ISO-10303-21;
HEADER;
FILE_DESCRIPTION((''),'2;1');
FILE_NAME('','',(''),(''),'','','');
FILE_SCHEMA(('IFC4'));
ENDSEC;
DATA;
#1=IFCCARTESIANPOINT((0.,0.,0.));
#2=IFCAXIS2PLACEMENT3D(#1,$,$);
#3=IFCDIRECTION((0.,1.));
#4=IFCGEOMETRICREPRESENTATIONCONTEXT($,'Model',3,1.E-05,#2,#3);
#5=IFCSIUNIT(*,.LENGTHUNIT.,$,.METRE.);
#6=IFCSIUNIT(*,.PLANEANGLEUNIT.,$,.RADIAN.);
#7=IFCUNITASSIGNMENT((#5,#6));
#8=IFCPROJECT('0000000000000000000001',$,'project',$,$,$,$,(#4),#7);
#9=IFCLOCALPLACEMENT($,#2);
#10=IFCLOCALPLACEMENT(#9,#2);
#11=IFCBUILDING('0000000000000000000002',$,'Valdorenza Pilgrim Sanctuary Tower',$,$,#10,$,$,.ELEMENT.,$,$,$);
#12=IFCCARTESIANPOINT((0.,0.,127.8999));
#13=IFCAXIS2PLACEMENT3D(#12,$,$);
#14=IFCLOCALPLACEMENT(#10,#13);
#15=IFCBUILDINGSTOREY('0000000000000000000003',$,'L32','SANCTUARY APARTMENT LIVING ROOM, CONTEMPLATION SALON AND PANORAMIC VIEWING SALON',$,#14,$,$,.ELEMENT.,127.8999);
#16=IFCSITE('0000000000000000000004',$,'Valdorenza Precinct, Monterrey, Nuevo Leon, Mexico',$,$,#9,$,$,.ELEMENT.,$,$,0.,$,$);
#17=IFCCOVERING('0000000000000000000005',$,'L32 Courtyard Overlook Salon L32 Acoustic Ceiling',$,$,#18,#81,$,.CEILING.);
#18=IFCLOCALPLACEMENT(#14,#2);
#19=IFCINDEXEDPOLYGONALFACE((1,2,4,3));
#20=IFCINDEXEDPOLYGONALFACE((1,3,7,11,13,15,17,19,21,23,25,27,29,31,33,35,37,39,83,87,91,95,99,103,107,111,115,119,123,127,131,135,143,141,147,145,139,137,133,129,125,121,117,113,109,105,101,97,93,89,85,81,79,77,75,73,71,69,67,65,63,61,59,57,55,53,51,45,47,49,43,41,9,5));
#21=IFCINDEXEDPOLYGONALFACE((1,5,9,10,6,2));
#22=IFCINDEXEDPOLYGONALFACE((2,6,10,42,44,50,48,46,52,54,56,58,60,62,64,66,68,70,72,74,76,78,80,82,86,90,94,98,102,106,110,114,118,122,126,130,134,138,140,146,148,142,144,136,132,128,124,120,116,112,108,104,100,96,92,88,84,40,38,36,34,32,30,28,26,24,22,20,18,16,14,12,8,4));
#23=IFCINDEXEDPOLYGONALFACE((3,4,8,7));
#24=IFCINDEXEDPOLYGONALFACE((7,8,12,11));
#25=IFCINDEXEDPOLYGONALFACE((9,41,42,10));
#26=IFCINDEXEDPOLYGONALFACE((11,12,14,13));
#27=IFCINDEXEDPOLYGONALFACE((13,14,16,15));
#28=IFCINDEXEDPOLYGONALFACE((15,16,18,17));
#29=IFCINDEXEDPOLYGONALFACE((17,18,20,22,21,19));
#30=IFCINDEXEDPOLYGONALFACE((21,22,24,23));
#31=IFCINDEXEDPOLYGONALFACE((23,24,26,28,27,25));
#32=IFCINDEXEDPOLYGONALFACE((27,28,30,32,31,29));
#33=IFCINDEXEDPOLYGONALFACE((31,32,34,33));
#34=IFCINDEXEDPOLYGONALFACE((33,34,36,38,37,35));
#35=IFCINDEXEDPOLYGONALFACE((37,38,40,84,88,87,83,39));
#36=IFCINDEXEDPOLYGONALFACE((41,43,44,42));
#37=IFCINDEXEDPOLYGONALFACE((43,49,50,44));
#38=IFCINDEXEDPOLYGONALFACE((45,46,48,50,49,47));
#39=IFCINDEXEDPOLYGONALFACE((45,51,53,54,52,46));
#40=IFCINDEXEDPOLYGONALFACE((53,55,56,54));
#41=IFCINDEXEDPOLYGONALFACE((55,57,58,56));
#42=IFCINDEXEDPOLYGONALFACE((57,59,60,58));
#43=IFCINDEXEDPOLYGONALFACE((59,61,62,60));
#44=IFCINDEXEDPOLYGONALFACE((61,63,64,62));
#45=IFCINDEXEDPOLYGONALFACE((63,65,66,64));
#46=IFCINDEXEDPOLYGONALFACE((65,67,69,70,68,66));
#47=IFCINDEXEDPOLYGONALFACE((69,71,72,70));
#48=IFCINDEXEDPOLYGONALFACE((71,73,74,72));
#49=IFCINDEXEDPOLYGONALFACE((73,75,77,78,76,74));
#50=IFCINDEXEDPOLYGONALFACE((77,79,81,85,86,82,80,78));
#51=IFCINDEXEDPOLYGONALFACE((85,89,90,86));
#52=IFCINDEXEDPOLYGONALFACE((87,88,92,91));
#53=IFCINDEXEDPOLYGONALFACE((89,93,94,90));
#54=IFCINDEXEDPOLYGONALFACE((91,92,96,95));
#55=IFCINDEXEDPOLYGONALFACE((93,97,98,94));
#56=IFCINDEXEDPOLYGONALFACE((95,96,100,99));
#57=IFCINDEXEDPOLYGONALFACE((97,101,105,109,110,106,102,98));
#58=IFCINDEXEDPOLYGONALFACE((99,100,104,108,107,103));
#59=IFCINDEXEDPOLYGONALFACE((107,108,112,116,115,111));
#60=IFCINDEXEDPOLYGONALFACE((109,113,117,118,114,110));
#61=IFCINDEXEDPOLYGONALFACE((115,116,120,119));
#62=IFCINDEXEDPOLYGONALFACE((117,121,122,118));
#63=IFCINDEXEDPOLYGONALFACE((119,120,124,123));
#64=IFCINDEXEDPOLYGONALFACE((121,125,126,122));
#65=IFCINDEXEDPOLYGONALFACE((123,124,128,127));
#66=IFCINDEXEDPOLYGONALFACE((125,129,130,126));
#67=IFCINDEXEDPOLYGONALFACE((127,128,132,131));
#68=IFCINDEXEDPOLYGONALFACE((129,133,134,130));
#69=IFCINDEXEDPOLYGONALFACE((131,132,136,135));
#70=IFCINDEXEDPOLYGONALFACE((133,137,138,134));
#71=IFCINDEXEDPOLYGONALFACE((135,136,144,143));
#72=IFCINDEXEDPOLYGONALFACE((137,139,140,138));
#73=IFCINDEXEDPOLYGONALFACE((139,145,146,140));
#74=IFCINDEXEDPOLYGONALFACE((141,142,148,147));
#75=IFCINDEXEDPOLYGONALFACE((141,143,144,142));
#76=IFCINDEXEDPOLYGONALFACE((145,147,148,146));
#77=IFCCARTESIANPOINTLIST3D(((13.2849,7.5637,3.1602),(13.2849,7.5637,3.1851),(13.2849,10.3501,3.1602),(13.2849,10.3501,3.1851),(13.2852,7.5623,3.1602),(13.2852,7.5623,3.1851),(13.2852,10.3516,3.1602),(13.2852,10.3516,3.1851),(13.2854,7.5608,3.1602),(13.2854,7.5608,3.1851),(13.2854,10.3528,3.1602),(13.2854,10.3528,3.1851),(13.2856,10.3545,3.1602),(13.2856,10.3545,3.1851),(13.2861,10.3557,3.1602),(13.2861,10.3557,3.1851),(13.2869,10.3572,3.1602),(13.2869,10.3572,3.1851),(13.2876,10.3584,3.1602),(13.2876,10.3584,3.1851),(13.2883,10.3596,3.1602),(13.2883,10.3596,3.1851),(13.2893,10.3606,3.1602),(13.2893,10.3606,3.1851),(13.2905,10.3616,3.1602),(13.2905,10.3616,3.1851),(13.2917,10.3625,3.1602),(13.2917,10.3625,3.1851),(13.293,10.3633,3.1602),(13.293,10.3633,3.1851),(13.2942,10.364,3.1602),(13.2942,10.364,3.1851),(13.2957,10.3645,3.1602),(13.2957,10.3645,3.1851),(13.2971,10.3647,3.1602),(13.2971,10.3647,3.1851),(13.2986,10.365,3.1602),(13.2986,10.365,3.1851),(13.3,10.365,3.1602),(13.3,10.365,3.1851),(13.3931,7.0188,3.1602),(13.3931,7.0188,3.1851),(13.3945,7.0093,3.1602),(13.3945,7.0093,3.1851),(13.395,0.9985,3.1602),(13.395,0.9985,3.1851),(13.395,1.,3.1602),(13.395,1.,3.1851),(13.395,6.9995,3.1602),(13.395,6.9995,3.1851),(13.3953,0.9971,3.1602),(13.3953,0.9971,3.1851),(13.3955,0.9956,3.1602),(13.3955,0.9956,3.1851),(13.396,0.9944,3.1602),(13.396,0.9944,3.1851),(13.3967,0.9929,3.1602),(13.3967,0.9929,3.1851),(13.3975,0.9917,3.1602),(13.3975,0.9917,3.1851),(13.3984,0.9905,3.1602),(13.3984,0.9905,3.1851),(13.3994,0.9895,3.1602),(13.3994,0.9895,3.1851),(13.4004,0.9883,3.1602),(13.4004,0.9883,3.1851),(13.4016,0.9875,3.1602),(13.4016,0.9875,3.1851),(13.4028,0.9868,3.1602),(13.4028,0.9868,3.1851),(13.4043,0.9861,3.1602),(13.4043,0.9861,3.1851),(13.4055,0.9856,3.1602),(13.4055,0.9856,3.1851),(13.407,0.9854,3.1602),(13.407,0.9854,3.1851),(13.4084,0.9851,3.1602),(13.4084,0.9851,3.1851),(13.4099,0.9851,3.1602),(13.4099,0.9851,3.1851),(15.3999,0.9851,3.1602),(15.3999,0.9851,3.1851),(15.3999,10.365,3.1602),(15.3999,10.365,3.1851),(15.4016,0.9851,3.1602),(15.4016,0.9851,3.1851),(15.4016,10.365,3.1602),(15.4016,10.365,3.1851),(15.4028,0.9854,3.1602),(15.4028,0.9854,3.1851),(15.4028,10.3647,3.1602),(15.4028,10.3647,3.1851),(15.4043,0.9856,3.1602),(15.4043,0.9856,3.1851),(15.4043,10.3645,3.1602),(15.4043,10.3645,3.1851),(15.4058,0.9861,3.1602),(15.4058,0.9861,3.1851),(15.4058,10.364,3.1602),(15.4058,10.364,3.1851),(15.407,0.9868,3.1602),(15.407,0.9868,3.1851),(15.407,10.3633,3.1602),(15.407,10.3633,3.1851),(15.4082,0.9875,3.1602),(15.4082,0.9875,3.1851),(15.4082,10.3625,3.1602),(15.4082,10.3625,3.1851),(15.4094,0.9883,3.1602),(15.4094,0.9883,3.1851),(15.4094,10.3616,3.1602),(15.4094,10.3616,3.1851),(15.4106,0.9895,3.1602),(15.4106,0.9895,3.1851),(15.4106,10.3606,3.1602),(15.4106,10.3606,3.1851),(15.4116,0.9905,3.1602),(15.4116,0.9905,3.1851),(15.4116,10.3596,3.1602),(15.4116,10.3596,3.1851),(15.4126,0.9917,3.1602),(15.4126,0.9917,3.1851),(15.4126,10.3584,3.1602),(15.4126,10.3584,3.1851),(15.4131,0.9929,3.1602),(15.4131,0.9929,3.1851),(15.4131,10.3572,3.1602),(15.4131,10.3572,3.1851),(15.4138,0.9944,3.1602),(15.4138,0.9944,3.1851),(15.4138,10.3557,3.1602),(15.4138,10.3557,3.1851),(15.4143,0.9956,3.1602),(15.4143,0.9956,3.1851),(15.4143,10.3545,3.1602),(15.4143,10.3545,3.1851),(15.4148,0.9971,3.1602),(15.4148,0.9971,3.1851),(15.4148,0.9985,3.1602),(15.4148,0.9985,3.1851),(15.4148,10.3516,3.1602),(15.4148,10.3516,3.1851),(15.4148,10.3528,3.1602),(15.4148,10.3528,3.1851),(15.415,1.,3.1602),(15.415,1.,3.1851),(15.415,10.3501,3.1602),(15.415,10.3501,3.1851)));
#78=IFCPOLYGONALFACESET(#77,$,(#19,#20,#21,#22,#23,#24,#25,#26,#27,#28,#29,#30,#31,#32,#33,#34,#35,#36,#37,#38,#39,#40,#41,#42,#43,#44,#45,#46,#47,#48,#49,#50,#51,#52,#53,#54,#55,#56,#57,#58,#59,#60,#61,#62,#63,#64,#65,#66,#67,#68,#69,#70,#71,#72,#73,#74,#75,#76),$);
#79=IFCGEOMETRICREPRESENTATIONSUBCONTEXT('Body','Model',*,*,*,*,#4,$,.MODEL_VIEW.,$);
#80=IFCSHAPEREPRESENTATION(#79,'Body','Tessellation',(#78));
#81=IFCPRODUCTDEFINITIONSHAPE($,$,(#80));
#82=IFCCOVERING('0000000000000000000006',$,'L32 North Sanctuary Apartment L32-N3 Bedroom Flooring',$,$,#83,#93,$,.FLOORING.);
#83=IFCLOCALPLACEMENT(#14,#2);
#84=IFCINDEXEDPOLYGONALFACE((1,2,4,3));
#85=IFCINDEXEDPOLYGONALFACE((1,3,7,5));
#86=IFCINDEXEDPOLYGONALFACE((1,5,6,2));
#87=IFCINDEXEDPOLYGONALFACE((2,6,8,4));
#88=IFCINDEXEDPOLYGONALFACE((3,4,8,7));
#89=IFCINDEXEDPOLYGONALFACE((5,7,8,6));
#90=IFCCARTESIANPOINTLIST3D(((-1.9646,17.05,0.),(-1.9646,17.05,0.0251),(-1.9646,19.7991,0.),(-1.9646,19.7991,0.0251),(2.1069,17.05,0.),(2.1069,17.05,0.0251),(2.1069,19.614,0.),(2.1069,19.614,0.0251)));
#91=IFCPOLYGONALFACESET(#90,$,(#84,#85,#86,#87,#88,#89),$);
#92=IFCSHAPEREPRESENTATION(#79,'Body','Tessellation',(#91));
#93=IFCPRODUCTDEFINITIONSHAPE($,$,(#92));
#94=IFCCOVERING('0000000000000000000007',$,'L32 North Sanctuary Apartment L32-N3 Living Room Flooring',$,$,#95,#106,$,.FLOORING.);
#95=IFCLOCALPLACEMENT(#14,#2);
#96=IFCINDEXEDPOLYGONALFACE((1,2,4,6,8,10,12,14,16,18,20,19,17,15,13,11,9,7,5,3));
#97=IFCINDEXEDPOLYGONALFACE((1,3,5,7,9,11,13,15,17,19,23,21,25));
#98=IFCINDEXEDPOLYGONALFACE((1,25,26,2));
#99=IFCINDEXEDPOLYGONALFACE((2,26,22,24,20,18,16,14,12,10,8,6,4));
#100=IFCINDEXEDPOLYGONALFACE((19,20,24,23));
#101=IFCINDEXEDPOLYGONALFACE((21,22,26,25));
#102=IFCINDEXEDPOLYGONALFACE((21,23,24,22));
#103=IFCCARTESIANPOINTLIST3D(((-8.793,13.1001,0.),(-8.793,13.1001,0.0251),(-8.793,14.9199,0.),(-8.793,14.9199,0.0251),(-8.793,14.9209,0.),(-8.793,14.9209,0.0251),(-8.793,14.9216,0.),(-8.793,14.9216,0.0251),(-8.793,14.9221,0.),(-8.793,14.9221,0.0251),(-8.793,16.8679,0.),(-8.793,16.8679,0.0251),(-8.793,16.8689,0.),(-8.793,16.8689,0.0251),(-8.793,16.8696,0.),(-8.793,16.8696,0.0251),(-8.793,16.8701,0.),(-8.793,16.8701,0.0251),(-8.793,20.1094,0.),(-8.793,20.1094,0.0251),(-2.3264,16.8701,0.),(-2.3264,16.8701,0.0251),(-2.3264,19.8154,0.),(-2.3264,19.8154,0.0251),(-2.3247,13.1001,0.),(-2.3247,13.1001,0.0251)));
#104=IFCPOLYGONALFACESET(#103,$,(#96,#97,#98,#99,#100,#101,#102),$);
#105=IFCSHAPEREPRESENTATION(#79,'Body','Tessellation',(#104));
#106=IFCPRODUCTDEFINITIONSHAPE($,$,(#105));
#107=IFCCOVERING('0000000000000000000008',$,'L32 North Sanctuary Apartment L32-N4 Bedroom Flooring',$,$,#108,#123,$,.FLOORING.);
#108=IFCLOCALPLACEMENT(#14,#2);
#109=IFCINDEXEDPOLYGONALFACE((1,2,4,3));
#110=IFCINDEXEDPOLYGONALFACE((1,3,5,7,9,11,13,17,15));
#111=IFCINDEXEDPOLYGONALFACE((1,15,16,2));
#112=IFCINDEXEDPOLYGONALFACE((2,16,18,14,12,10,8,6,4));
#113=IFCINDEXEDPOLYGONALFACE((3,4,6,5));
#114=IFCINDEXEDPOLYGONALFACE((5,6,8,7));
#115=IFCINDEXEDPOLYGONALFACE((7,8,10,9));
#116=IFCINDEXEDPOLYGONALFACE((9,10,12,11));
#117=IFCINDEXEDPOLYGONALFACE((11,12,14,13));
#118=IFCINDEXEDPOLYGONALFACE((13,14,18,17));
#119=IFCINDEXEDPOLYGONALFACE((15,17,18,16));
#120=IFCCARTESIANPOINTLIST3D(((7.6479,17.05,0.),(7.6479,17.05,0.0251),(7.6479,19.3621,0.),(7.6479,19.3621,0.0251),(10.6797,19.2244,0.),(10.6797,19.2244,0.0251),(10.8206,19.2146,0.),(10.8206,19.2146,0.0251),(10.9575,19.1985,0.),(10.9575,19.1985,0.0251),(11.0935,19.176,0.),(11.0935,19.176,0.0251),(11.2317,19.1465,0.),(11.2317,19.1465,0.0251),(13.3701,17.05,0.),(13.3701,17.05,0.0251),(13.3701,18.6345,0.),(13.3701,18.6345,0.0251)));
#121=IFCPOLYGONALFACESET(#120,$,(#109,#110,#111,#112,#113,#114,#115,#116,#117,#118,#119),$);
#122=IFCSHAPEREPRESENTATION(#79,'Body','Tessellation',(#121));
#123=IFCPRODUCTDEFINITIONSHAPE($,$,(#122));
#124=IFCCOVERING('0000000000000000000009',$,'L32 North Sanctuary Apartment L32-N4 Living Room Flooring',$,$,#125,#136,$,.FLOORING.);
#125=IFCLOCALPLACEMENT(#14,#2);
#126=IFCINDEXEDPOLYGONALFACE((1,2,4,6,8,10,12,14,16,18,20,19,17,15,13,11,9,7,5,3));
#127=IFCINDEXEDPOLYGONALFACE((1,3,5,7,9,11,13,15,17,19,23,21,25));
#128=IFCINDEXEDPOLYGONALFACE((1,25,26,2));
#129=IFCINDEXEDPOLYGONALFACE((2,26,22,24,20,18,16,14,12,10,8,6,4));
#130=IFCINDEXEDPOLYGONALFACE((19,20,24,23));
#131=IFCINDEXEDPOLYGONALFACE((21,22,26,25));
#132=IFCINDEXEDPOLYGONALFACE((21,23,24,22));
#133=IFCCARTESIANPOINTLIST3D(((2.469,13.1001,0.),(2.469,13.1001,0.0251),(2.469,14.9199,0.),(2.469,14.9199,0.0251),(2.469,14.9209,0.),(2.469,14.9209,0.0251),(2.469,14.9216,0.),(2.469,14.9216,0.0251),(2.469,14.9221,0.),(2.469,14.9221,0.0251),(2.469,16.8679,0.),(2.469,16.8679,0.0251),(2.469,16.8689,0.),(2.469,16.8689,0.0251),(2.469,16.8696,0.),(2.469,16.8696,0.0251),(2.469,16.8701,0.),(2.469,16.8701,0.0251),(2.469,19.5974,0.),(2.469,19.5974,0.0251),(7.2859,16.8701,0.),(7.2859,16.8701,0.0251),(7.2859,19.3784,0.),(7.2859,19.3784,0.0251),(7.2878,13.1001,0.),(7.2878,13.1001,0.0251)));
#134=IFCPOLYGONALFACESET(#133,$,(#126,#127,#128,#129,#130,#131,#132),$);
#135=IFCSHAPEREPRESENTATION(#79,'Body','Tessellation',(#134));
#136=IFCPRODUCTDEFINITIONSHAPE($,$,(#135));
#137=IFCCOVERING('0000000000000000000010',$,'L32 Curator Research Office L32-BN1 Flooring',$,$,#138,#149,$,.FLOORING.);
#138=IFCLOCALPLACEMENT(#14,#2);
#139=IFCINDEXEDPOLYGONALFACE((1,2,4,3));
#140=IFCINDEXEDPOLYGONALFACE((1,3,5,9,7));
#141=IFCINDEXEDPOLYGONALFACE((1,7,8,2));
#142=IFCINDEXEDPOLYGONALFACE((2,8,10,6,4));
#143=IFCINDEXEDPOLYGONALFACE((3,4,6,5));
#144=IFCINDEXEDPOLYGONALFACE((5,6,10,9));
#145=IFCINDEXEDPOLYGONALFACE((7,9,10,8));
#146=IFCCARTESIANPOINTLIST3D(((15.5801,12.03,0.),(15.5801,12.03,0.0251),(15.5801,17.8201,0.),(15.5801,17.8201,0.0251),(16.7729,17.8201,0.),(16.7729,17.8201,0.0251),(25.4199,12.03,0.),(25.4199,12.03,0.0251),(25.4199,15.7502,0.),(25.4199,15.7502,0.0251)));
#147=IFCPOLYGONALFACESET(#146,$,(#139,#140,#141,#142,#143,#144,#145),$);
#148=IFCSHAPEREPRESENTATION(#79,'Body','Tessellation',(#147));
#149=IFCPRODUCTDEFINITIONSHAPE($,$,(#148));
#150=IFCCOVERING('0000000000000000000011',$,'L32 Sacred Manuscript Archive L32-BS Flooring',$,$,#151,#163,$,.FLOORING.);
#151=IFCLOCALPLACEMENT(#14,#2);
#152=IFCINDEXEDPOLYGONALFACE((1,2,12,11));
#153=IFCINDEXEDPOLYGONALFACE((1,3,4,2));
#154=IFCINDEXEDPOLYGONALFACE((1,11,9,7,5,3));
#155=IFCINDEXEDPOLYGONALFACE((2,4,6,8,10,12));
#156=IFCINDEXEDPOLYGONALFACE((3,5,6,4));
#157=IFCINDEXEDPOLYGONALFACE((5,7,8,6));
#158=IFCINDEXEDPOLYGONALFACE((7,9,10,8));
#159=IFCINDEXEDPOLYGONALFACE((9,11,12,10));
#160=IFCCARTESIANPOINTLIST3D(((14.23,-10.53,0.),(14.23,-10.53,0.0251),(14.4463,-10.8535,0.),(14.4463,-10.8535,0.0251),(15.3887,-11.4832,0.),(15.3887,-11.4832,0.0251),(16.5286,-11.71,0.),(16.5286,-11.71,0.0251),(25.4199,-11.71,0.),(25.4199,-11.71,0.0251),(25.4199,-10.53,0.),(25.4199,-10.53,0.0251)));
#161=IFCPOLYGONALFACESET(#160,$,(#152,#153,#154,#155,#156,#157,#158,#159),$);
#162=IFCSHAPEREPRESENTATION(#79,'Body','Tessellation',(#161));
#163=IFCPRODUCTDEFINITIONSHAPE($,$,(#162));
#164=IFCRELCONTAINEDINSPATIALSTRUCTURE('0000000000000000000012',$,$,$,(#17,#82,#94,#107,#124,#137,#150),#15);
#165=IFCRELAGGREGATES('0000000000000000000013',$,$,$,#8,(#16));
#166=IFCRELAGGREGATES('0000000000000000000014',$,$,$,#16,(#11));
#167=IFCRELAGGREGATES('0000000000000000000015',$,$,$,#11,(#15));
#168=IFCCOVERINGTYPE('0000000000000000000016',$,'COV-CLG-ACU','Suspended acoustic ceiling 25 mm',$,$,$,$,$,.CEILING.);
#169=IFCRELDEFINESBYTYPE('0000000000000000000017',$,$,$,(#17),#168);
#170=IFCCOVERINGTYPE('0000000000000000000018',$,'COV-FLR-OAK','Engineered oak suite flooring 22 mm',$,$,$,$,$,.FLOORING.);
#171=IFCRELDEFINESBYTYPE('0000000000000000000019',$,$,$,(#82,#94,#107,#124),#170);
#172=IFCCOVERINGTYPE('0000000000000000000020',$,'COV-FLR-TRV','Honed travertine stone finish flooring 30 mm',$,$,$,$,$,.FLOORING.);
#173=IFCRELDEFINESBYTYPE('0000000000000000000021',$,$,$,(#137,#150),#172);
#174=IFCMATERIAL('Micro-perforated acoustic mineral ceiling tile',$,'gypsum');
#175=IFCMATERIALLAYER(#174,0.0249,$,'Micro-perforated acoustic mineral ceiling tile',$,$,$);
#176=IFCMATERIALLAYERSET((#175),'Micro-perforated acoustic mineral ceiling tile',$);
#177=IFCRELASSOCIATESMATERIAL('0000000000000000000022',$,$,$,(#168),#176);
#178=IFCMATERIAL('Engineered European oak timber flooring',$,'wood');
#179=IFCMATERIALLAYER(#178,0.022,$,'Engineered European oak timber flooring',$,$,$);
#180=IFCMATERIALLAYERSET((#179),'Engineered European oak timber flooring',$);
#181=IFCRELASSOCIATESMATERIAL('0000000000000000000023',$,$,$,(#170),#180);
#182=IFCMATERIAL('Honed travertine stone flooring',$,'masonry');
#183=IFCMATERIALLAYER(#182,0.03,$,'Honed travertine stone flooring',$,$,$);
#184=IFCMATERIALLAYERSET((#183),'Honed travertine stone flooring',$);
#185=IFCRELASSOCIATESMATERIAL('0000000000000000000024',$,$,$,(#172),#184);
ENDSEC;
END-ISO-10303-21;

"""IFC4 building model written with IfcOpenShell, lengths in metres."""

from ifc_helpers import new_model, si_unit, direction, frame, origin, place, context, subcontext, project, spatial, polyline, outline, extrude, material, layer, layer_set, type_object, element, save


model = new_model("IFC4")

# Units and contexts
model_context = context("Model", 3, precision=1e-05, world=origin(), true_north=direction((0.0, 1.0)))
body_context = subcontext(model_context, "Body", "Model", "MODEL_VIEW")
ifc_project = project(units=[si_unit("LENGTHUNIT", "METRE"), si_unit("PLANEANGLEUNIT", "RADIAN")], contexts=[model_context])

# Site, building, storey
site_placement = place(None, origin())
site = spatial("IfcSite", under=ifc_project, at=site_placement, Name="Valdorenza Precinct, Monterrey, Nuevo Leon, Mexico", CompositionType="ELEMENT", RefElevation=0.0)
building_placement = place(site_placement, origin())
building = spatial("IfcBuilding", under=site, at=building_placement, Name="Valdorenza Pilgrim Sanctuary Tower", CompositionType="ELEMENT")
storey_placement = place(building_placement, frame((0.0, 0.0, 127.8999)))
storey = spatial("IfcBuildingStorey", under=building, at=storey_placement, Name="L32", Description="SANCTUARY APARTMENT LIVING ROOM, CONTEMPLATION SALON AND PANORAMIC VIEWING SALON", CompositionType="ELEMENT", Elevation=127.8999)

# Coverings
ifc_material_1 = material(Name="Micro-perforated acoustic mineral ceiling tile", Category="gypsum")
ifc_layer_1 = layer(ifc_material_1, 0.0249, Name="Micro-perforated acoustic mineral ceiling tile")
ifc_layer_set_1 = layer_set([ifc_layer_1], Name="Micro-perforated acoustic mineral ceiling tile")
covering_type_1 = type_object("IfcCoveringType", Name="COV-CLG-ACU", Description="Suspended acoustic ceiling 25 mm", PredefinedType="CEILING", material=ifc_layer_set_1)
covering_1_placement = place(storey_placement, frame((0.0, 0.0, 3.1602)))
element("IfcCovering", 1, at=covering_1_placement, inside=storey, type_object=covering_type_1, Name="L32 Courtyard Overlook Salon L32 Acoustic Ceiling", PredefinedType="CEILING", context=body_context, shape_type="SweptSolid", body=[
    extrude(outline(polyline([(15.3999, 10.365), (15.4016, 10.365), (15.4028, 10.3647), (15.4043, 10.3645), (15.4058, 10.364), (15.407, 10.3633), (15.4082, 10.3625), (15.4094, 10.3616), (15.4106, 10.3606), (15.4116, 10.3596), (15.4126, 10.3584), (15.4131, 10.3572), (15.4138, 10.3557), (15.4143, 10.3545), (15.4148, 10.3528), (15.4148, 10.3516), (15.415, 10.3501), (15.415, 1.0), (15.4148, 0.9985), (15.4148, 0.9971), (15.4143, 0.9956), (15.4138, 0.9944), (15.4131, 0.9929), (15.4126, 0.9917), (15.4116, 0.9905), (15.4106, 0.9895), (15.4094, 0.9883), (15.4082, 0.9875), (15.407, 0.9868), (15.4058, 0.9861), (15.4043, 0.9856), (15.4028, 0.9854), (15.4016, 0.9851), (15.3999, 0.9851), (13.4099, 0.9851), (13.4084, 0.9851), (13.407, 0.9854), (13.4055, 0.9856), (13.4043, 0.9861), (13.4028, 0.9868), (13.4016, 0.9875), (13.4004, 0.9883), (13.3994, 0.9895), (13.3984, 0.9905), (13.3975, 0.9917), (13.3967, 0.9929), (13.396, 0.9944), (13.3955, 0.9956), (13.3953, 0.9971), (13.395, 0.9985), (13.395, 1.0), (13.395, 6.9995), (13.3945, 7.0093), (13.3931, 7.0188), (13.2854, 7.5608), (13.2852, 7.5623), (13.2849, 7.5637), (13.2849, 10.3501), (13.2852, 10.3516), (13.2854, 10.3528), (13.2856, 10.3545), (13.2861, 10.3557), (13.2869, 10.3572), (13.2876, 10.3584), (13.2883, 10.3596), (13.2893, 10.3606), (13.2905, 10.3616), (13.2917, 10.3625), (13.293, 10.3633), (13.2942, 10.364), (13.2957, 10.3645), (13.2971, 10.3647), (13.2986, 10.365), (13.3, 10.365), (15.3999, 10.365)])), origin(), (0.0, 0.0, 1.0), 0.0249),
])
ifc_material_2 = material(Name="Engineered European oak timber flooring", Category="wood")
ifc_layer_2 = layer(ifc_material_2, 0.022, Name="Engineered European oak timber flooring")
ifc_layer_set_2 = layer_set([ifc_layer_2], Name="Engineered European oak timber flooring")
covering_type_2 = type_object("IfcCoveringType", Name="COV-FLR-OAK", Description="Engineered oak suite flooring 22 mm", PredefinedType="FLOORING", material=ifc_layer_set_2)
covering_2_placement = place(storey_placement, origin())
element("IfcCovering", 2, at=covering_2_placement, inside=storey, type_object=covering_type_2, Name="L32 North Sanctuary Apartment L32-N3 Bedroom Flooring", PredefinedType="FLOORING", context=body_context, shape_type="SweptSolid", body=[
    extrude(outline(polyline([(-1.9646, 17.05), (-1.9646, 19.7991), (2.1069, 19.614), (2.1069, 17.05), (-1.9646, 17.05)])), origin(), (0.0, 0.0, 1.0), 0.0251),
])
covering_3_placement = place(storey_placement, origin())
element("IfcCovering", 3, at=covering_3_placement, inside=storey, type_object=covering_type_2, Name="L32 North Sanctuary Apartment L32-N3 Living Room Flooring", PredefinedType="FLOORING", context=body_context, shape_type="SweptSolid", body=[
    extrude(outline(polyline([(-8.793, 14.9216), (-8.793, 14.9221), (-8.793, 16.8679), (-8.793, 16.8689), (-8.793, 16.8696), (-8.793, 16.8701), (-8.793, 20.1094), (-2.3264, 19.8154), (-2.3264, 16.8701), (-2.3247, 13.1001), (-8.793, 13.1001), (-8.793, 14.9199), (-8.793, 14.9209), (-8.793, 14.9216)])), origin(), (0.0, 0.0, 1.0), 0.0251),
])
covering_4_placement = place(storey_placement, origin())
element("IfcCovering", 4, at=covering_4_placement, inside=storey, type_object=covering_type_2, Name="L32 North Sanctuary Apartment L32-N4 Bedroom Flooring", PredefinedType="FLOORING", context=body_context, shape_type="SweptSolid", body=[
    extrude(outline(polyline([(7.6479, 17.05), (7.6479, 19.3621), (10.6797, 19.2244), (10.8206, 19.2146), (10.9575, 19.1985), (11.0935, 19.176), (11.2317, 19.1465), (13.3701, 18.6345), (13.3701, 17.05), (7.6479, 17.05)])), origin(), (0.0, 0.0, 1.0), 0.0251),
])
covering_5_placement = place(storey_placement, origin())
element("IfcCovering", 5, at=covering_5_placement, inside=storey, type_object=covering_type_2, Name="L32 North Sanctuary Apartment L32-N4 Living Room Flooring", PredefinedType="FLOORING", context=body_context, shape_type="SweptSolid", body=[
    extrude(outline(polyline([(2.469, 14.9216), (2.469, 14.9221), (2.469, 16.8679), (2.469, 16.8689), (2.469, 16.8696), (2.469, 16.8701), (2.469, 19.5974), (7.2859, 19.3784), (7.2859, 16.8701), (7.2878, 13.1001), (2.469, 13.1001), (2.469, 14.9199), (2.469, 14.9209), (2.469, 14.9216)])), origin(), (0.0, 0.0, 1.0), 0.0251),
])
ifc_material_3 = material(Name="Honed travertine stone flooring", Category="masonry")
ifc_layer_3 = layer(ifc_material_3, 0.03, Name="Honed travertine stone flooring")
ifc_layer_set_3 = layer_set([ifc_layer_3], Name="Honed travertine stone flooring")
covering_type_3 = type_object("IfcCoveringType", Name="COV-FLR-TRV", Description="Honed travertine stone finish flooring 30 mm", PredefinedType="FLOORING", material=ifc_layer_set_3)
covering_6_placement = place(storey_placement, origin())
element("IfcCovering", 6, at=covering_6_placement, inside=storey, type_object=covering_type_3, Name="L32 Curator Research Office L32-BN1 Flooring", PredefinedType="FLOORING", context=body_context, shape_type="SweptSolid", body=[
    extrude(outline(polyline([(15.5801, 12.03), (15.5801, 17.8201), (16.7729, 17.8201), (25.4199, 15.7502), (25.4199, 12.03), (15.5801, 12.03)])), origin(), (0.0, 0.0, 1.0), 0.0251),
])
covering_7_placement = place(storey_placement, origin())
element("IfcCovering", 7, at=covering_7_placement, inside=storey, type_object=covering_type_3, Name="L32 Sacred Manuscript Archive L32-BS Flooring", PredefinedType="FLOORING", context=body_context, shape_type="SweptSolid", body=[
    extrude(outline(polyline([(25.4199, -11.71), (16.5286, -11.71), (15.3887, -11.4832), (14.4463, -10.8535), (14.23, -10.53), (25.4199, -10.53), (25.4199, -11.71)])), origin(), (0.0, 0.0, 1.0), 0.0251),
])

save(model, "model.ifc")
